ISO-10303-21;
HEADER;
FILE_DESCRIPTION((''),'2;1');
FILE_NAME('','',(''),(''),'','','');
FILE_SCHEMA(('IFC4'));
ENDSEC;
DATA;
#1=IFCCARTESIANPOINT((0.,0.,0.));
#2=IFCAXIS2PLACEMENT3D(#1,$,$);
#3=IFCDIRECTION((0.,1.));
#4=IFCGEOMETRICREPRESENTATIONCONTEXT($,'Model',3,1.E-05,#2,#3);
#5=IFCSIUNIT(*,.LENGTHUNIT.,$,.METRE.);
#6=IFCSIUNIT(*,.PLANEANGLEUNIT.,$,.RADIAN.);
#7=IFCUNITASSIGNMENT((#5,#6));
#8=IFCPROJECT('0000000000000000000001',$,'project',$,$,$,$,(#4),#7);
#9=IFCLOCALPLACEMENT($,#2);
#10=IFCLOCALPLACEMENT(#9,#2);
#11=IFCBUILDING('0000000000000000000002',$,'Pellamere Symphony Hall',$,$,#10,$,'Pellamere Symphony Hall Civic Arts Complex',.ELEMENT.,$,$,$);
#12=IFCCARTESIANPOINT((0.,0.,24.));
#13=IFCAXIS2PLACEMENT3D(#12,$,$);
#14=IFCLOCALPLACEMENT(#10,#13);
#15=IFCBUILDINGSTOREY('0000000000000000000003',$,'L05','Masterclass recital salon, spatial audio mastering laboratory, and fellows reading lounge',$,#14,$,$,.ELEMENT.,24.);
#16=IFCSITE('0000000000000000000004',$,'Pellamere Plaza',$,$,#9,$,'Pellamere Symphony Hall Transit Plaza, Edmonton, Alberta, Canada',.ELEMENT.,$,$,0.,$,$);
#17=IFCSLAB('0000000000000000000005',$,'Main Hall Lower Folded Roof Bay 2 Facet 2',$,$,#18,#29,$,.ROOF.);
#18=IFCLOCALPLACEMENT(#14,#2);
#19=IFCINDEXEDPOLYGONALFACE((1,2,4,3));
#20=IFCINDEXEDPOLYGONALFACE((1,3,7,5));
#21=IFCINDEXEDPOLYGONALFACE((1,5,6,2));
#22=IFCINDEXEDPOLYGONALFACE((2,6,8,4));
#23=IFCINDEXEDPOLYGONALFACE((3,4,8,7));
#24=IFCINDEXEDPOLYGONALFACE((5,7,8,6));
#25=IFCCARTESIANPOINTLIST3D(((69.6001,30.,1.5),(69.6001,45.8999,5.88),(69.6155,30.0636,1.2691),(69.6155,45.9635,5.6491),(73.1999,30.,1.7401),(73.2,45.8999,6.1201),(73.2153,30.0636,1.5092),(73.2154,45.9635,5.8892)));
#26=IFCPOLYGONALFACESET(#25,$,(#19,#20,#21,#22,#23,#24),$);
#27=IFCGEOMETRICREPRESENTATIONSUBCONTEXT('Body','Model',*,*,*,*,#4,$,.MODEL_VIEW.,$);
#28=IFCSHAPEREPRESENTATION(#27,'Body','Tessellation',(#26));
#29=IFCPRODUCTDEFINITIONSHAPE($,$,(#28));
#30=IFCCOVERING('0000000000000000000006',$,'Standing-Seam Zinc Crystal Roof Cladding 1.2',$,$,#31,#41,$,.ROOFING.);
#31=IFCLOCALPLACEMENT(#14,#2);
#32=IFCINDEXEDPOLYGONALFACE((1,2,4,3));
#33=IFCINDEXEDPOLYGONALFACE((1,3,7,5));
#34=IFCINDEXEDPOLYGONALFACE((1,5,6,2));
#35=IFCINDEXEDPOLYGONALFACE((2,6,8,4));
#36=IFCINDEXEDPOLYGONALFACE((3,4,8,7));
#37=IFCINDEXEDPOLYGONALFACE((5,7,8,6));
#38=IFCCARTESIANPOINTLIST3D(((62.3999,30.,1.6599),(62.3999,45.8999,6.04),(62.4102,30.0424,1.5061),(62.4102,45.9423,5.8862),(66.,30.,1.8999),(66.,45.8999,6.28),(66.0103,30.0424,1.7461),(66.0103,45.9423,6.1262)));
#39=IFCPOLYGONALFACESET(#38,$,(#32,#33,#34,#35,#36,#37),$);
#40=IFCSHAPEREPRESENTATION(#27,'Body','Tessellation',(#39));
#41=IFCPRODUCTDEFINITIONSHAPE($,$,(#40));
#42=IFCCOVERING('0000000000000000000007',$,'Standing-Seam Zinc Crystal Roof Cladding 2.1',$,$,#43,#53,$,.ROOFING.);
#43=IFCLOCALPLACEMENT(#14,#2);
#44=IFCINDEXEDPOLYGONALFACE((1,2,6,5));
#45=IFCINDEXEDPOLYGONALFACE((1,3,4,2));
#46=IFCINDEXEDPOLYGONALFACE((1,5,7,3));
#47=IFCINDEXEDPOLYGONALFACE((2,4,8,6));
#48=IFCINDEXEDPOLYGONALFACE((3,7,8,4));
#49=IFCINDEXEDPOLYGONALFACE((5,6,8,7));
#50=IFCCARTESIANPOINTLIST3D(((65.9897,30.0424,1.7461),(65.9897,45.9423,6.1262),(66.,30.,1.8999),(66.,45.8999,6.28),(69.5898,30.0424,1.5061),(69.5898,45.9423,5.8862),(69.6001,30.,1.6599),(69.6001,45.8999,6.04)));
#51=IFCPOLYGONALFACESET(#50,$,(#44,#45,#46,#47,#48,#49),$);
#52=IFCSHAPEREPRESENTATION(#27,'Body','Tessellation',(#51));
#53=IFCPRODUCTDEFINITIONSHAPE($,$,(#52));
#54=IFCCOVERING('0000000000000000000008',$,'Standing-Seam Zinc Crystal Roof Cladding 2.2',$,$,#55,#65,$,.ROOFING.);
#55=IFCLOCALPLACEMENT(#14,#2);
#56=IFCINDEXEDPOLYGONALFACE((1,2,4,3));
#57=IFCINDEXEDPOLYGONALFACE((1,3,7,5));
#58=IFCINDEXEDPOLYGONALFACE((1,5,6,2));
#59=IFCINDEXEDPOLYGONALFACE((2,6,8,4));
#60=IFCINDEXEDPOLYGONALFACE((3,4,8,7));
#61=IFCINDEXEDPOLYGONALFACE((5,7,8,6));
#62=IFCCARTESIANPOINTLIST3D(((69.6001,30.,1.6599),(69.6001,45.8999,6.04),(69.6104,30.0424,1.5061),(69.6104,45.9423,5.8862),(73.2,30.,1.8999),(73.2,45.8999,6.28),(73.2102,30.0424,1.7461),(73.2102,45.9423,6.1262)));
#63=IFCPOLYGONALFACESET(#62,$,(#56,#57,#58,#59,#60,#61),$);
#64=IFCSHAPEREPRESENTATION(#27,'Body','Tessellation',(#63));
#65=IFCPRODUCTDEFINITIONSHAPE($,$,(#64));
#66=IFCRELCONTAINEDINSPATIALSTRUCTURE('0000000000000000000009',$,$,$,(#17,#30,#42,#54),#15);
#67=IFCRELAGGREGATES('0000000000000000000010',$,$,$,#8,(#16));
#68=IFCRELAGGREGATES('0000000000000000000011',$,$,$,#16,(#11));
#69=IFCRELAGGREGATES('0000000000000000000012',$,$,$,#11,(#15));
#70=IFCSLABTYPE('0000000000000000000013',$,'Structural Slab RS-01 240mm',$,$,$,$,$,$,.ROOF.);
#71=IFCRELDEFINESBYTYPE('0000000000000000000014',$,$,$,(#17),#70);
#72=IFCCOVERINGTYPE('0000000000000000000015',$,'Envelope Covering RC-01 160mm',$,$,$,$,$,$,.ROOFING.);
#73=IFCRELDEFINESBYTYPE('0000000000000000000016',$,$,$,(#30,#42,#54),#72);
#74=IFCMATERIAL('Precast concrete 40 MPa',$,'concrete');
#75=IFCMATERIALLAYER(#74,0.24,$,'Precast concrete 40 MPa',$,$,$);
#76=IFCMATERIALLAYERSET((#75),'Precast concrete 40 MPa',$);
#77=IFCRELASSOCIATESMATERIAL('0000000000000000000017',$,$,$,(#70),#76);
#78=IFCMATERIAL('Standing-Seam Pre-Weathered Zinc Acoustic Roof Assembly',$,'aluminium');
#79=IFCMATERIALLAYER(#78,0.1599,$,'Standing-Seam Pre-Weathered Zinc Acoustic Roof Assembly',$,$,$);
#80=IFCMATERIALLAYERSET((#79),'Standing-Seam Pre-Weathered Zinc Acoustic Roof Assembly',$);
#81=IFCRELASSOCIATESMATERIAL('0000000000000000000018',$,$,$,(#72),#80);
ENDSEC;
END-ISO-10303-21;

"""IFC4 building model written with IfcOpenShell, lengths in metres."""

from ifc_helpers import new_model, si_unit, direction, frame, origin, place, context, subcontext, project, spatial, polyline, outline, extrude, material, layer, layer_set, type_object, element, save


model = new_model("IFC4")

# Units and contexts
model_context = context("Model", 3, precision=1e-05, world=origin(), true_north=direction((0.0, 1.0)))
body_context = subcontext(model_context, "Body", "Model", "MODEL_VIEW")
ifc_project = project(units=[si_unit("LENGTHUNIT", "METRE"), si_unit("PLANEANGLEUNIT", "RADIAN")], contexts=[model_context])

# Site, building, storey
site_placement = place(None, origin())
site = spatial("IfcSite", under=ifc_project, at=site_placement, Name="Pellamere Plaza", LongName="Pellamere Symphony Hall Transit Plaza, Edmonton, Alberta, Canada", CompositionType="ELEMENT", RefElevation=0.0)
building_placement = place(site_placement, origin())
building = spatial("IfcBuilding", under=site, at=building_placement, Name="Pellamere Symphony Hall", LongName="Pellamere Symphony Hall Civic Arts Complex", CompositionType="ELEMENT")
storey_placement = place(building_placement, frame((0.0, 0.0, 24.0)))
storey = spatial("IfcBuildingStorey", under=building, at=storey_placement, Name="L05", Description="Masterclass recital salon, spatial audio mastering laboratory, and fellows reading lounge", CompositionType="ELEMENT", Elevation=24.0)

# Slab
ifc_material_1 = material(Name="Precast concrete 40 MPa", Category="concrete")
ifc_layer_1 = layer(ifc_material_1, 0.24, Name="Precast concrete 40 MPa")
ifc_layer_set_1 = layer_set([ifc_layer_1], Name="Precast concrete 40 MPa")
slab_type = type_object("IfcSlabType", Name="Structural Slab RS-01 240mm", PredefinedType="ROOF", material=ifc_layer_set_1)
slab_1_placement = place(storey_placement, frame((69.6001, 30.0, 1.5), z_axis=(-0.064173, -0.265034, 0.962101), x_axis=(0.997783, -0.000009, 0.06655)))
element("IfcSlab", 1, at=slab_1_placement, inside=storey, type_object=slab_type, Name="Main Hall Lower Folded Roof Bay 2 Facet 2", PredefinedType="ROOF", context=body_context, shape_type="SweptSolid", body=[
    extrude(outline(polyline([(0.0, 0.0), (3.6078, 0.0), (3.8992, 16.4896), (0.2913, 16.4896), (0.0, 0.0)])), origin(), (0.0, 0.0, -1.0), 0.24),
])

# Coverings
ifc_material_2 = material(Name="Standing-Seam Pre-Weathered Zinc Acoustic Roof Assembly", Category="aluminium")
ifc_layer_2 = layer(ifc_material_2, 0.1599, Name="Standing-Seam Pre-Weathered Zinc Acoustic Roof Assembly")
ifc_layer_set_2 = layer_set([ifc_layer_2], Name="Standing-Seam Pre-Weathered Zinc Acoustic Roof Assembly")
covering_type = type_object("IfcCoveringType", Name="Envelope Covering RC-01 160mm", PredefinedType="ROOFING", material=ifc_layer_set_2)
covering_1_placement = place(storey_placement, frame((62.3999, 30.0, 1.6599), z_axis=(-0.064136, -0.265041, 0.962102), x_axis=(0.997785, 0.0, 0.066515)))
element("IfcCovering", 2, at=covering_1_placement, inside=storey, type_object=covering_type, Name="Standing-Seam Zinc Crystal Roof Cladding 1.2", PredefinedType="ROOFING", context=body_context, shape_type="SweptSolid", body=[
    extrude(outline(polyline([(0.0, 0.0), (3.6081, 0.0), (3.8994, 16.4896), (0.2913, 16.4896), (0.0, 0.0)])), origin(), (0.0, 0.0, -1.0), 0.1599),
])
covering_2_placement = place(storey_placement, frame((66.0, 30.0, 1.8999), z_axis=(0.064136, -0.265041, 0.962102), x_axis=(0.997785, 0.0, -0.066515)))
element("IfcCovering", 3, at=covering_2_placement, inside=storey, type_object=covering_type, Name="Standing-Seam Zinc Crystal Roof Cladding 2.1", PredefinedType="ROOFING", context=body_context, shape_type="SweptSolid", body=[
    extrude(outline(polyline([(0.0, 0.0), (3.6081, 0.0), (3.3167, 16.4896), (-0.2913, 16.4896), (0.0, 0.0)])), origin(), (0.0, 0.0, -1.0), 0.1599),
])
covering_3_placement = place(storey_placement, frame((69.6001, 30.0, 1.6599), z_axis=(-0.06414, -0.265041, 0.962101), x_axis=(0.997785, 0.0, 0.066519)))
element("IfcCovering", 4, at=covering_3_placement, inside=storey, type_object=covering_type, Name="Standing-Seam Zinc Crystal Roof Cladding 2.2", PredefinedType="ROOFING", context=body_context, shape_type="SweptSolid", body=[
    extrude(outline(polyline([(0.0, 0.0), (3.6078, 0.0), (3.8992, 16.4896), (0.2914, 16.4896), (0.0, 0.0)])), origin(), (0.0, 0.0, -1.0), 0.1599),
])

save(model, "model.ifc")
